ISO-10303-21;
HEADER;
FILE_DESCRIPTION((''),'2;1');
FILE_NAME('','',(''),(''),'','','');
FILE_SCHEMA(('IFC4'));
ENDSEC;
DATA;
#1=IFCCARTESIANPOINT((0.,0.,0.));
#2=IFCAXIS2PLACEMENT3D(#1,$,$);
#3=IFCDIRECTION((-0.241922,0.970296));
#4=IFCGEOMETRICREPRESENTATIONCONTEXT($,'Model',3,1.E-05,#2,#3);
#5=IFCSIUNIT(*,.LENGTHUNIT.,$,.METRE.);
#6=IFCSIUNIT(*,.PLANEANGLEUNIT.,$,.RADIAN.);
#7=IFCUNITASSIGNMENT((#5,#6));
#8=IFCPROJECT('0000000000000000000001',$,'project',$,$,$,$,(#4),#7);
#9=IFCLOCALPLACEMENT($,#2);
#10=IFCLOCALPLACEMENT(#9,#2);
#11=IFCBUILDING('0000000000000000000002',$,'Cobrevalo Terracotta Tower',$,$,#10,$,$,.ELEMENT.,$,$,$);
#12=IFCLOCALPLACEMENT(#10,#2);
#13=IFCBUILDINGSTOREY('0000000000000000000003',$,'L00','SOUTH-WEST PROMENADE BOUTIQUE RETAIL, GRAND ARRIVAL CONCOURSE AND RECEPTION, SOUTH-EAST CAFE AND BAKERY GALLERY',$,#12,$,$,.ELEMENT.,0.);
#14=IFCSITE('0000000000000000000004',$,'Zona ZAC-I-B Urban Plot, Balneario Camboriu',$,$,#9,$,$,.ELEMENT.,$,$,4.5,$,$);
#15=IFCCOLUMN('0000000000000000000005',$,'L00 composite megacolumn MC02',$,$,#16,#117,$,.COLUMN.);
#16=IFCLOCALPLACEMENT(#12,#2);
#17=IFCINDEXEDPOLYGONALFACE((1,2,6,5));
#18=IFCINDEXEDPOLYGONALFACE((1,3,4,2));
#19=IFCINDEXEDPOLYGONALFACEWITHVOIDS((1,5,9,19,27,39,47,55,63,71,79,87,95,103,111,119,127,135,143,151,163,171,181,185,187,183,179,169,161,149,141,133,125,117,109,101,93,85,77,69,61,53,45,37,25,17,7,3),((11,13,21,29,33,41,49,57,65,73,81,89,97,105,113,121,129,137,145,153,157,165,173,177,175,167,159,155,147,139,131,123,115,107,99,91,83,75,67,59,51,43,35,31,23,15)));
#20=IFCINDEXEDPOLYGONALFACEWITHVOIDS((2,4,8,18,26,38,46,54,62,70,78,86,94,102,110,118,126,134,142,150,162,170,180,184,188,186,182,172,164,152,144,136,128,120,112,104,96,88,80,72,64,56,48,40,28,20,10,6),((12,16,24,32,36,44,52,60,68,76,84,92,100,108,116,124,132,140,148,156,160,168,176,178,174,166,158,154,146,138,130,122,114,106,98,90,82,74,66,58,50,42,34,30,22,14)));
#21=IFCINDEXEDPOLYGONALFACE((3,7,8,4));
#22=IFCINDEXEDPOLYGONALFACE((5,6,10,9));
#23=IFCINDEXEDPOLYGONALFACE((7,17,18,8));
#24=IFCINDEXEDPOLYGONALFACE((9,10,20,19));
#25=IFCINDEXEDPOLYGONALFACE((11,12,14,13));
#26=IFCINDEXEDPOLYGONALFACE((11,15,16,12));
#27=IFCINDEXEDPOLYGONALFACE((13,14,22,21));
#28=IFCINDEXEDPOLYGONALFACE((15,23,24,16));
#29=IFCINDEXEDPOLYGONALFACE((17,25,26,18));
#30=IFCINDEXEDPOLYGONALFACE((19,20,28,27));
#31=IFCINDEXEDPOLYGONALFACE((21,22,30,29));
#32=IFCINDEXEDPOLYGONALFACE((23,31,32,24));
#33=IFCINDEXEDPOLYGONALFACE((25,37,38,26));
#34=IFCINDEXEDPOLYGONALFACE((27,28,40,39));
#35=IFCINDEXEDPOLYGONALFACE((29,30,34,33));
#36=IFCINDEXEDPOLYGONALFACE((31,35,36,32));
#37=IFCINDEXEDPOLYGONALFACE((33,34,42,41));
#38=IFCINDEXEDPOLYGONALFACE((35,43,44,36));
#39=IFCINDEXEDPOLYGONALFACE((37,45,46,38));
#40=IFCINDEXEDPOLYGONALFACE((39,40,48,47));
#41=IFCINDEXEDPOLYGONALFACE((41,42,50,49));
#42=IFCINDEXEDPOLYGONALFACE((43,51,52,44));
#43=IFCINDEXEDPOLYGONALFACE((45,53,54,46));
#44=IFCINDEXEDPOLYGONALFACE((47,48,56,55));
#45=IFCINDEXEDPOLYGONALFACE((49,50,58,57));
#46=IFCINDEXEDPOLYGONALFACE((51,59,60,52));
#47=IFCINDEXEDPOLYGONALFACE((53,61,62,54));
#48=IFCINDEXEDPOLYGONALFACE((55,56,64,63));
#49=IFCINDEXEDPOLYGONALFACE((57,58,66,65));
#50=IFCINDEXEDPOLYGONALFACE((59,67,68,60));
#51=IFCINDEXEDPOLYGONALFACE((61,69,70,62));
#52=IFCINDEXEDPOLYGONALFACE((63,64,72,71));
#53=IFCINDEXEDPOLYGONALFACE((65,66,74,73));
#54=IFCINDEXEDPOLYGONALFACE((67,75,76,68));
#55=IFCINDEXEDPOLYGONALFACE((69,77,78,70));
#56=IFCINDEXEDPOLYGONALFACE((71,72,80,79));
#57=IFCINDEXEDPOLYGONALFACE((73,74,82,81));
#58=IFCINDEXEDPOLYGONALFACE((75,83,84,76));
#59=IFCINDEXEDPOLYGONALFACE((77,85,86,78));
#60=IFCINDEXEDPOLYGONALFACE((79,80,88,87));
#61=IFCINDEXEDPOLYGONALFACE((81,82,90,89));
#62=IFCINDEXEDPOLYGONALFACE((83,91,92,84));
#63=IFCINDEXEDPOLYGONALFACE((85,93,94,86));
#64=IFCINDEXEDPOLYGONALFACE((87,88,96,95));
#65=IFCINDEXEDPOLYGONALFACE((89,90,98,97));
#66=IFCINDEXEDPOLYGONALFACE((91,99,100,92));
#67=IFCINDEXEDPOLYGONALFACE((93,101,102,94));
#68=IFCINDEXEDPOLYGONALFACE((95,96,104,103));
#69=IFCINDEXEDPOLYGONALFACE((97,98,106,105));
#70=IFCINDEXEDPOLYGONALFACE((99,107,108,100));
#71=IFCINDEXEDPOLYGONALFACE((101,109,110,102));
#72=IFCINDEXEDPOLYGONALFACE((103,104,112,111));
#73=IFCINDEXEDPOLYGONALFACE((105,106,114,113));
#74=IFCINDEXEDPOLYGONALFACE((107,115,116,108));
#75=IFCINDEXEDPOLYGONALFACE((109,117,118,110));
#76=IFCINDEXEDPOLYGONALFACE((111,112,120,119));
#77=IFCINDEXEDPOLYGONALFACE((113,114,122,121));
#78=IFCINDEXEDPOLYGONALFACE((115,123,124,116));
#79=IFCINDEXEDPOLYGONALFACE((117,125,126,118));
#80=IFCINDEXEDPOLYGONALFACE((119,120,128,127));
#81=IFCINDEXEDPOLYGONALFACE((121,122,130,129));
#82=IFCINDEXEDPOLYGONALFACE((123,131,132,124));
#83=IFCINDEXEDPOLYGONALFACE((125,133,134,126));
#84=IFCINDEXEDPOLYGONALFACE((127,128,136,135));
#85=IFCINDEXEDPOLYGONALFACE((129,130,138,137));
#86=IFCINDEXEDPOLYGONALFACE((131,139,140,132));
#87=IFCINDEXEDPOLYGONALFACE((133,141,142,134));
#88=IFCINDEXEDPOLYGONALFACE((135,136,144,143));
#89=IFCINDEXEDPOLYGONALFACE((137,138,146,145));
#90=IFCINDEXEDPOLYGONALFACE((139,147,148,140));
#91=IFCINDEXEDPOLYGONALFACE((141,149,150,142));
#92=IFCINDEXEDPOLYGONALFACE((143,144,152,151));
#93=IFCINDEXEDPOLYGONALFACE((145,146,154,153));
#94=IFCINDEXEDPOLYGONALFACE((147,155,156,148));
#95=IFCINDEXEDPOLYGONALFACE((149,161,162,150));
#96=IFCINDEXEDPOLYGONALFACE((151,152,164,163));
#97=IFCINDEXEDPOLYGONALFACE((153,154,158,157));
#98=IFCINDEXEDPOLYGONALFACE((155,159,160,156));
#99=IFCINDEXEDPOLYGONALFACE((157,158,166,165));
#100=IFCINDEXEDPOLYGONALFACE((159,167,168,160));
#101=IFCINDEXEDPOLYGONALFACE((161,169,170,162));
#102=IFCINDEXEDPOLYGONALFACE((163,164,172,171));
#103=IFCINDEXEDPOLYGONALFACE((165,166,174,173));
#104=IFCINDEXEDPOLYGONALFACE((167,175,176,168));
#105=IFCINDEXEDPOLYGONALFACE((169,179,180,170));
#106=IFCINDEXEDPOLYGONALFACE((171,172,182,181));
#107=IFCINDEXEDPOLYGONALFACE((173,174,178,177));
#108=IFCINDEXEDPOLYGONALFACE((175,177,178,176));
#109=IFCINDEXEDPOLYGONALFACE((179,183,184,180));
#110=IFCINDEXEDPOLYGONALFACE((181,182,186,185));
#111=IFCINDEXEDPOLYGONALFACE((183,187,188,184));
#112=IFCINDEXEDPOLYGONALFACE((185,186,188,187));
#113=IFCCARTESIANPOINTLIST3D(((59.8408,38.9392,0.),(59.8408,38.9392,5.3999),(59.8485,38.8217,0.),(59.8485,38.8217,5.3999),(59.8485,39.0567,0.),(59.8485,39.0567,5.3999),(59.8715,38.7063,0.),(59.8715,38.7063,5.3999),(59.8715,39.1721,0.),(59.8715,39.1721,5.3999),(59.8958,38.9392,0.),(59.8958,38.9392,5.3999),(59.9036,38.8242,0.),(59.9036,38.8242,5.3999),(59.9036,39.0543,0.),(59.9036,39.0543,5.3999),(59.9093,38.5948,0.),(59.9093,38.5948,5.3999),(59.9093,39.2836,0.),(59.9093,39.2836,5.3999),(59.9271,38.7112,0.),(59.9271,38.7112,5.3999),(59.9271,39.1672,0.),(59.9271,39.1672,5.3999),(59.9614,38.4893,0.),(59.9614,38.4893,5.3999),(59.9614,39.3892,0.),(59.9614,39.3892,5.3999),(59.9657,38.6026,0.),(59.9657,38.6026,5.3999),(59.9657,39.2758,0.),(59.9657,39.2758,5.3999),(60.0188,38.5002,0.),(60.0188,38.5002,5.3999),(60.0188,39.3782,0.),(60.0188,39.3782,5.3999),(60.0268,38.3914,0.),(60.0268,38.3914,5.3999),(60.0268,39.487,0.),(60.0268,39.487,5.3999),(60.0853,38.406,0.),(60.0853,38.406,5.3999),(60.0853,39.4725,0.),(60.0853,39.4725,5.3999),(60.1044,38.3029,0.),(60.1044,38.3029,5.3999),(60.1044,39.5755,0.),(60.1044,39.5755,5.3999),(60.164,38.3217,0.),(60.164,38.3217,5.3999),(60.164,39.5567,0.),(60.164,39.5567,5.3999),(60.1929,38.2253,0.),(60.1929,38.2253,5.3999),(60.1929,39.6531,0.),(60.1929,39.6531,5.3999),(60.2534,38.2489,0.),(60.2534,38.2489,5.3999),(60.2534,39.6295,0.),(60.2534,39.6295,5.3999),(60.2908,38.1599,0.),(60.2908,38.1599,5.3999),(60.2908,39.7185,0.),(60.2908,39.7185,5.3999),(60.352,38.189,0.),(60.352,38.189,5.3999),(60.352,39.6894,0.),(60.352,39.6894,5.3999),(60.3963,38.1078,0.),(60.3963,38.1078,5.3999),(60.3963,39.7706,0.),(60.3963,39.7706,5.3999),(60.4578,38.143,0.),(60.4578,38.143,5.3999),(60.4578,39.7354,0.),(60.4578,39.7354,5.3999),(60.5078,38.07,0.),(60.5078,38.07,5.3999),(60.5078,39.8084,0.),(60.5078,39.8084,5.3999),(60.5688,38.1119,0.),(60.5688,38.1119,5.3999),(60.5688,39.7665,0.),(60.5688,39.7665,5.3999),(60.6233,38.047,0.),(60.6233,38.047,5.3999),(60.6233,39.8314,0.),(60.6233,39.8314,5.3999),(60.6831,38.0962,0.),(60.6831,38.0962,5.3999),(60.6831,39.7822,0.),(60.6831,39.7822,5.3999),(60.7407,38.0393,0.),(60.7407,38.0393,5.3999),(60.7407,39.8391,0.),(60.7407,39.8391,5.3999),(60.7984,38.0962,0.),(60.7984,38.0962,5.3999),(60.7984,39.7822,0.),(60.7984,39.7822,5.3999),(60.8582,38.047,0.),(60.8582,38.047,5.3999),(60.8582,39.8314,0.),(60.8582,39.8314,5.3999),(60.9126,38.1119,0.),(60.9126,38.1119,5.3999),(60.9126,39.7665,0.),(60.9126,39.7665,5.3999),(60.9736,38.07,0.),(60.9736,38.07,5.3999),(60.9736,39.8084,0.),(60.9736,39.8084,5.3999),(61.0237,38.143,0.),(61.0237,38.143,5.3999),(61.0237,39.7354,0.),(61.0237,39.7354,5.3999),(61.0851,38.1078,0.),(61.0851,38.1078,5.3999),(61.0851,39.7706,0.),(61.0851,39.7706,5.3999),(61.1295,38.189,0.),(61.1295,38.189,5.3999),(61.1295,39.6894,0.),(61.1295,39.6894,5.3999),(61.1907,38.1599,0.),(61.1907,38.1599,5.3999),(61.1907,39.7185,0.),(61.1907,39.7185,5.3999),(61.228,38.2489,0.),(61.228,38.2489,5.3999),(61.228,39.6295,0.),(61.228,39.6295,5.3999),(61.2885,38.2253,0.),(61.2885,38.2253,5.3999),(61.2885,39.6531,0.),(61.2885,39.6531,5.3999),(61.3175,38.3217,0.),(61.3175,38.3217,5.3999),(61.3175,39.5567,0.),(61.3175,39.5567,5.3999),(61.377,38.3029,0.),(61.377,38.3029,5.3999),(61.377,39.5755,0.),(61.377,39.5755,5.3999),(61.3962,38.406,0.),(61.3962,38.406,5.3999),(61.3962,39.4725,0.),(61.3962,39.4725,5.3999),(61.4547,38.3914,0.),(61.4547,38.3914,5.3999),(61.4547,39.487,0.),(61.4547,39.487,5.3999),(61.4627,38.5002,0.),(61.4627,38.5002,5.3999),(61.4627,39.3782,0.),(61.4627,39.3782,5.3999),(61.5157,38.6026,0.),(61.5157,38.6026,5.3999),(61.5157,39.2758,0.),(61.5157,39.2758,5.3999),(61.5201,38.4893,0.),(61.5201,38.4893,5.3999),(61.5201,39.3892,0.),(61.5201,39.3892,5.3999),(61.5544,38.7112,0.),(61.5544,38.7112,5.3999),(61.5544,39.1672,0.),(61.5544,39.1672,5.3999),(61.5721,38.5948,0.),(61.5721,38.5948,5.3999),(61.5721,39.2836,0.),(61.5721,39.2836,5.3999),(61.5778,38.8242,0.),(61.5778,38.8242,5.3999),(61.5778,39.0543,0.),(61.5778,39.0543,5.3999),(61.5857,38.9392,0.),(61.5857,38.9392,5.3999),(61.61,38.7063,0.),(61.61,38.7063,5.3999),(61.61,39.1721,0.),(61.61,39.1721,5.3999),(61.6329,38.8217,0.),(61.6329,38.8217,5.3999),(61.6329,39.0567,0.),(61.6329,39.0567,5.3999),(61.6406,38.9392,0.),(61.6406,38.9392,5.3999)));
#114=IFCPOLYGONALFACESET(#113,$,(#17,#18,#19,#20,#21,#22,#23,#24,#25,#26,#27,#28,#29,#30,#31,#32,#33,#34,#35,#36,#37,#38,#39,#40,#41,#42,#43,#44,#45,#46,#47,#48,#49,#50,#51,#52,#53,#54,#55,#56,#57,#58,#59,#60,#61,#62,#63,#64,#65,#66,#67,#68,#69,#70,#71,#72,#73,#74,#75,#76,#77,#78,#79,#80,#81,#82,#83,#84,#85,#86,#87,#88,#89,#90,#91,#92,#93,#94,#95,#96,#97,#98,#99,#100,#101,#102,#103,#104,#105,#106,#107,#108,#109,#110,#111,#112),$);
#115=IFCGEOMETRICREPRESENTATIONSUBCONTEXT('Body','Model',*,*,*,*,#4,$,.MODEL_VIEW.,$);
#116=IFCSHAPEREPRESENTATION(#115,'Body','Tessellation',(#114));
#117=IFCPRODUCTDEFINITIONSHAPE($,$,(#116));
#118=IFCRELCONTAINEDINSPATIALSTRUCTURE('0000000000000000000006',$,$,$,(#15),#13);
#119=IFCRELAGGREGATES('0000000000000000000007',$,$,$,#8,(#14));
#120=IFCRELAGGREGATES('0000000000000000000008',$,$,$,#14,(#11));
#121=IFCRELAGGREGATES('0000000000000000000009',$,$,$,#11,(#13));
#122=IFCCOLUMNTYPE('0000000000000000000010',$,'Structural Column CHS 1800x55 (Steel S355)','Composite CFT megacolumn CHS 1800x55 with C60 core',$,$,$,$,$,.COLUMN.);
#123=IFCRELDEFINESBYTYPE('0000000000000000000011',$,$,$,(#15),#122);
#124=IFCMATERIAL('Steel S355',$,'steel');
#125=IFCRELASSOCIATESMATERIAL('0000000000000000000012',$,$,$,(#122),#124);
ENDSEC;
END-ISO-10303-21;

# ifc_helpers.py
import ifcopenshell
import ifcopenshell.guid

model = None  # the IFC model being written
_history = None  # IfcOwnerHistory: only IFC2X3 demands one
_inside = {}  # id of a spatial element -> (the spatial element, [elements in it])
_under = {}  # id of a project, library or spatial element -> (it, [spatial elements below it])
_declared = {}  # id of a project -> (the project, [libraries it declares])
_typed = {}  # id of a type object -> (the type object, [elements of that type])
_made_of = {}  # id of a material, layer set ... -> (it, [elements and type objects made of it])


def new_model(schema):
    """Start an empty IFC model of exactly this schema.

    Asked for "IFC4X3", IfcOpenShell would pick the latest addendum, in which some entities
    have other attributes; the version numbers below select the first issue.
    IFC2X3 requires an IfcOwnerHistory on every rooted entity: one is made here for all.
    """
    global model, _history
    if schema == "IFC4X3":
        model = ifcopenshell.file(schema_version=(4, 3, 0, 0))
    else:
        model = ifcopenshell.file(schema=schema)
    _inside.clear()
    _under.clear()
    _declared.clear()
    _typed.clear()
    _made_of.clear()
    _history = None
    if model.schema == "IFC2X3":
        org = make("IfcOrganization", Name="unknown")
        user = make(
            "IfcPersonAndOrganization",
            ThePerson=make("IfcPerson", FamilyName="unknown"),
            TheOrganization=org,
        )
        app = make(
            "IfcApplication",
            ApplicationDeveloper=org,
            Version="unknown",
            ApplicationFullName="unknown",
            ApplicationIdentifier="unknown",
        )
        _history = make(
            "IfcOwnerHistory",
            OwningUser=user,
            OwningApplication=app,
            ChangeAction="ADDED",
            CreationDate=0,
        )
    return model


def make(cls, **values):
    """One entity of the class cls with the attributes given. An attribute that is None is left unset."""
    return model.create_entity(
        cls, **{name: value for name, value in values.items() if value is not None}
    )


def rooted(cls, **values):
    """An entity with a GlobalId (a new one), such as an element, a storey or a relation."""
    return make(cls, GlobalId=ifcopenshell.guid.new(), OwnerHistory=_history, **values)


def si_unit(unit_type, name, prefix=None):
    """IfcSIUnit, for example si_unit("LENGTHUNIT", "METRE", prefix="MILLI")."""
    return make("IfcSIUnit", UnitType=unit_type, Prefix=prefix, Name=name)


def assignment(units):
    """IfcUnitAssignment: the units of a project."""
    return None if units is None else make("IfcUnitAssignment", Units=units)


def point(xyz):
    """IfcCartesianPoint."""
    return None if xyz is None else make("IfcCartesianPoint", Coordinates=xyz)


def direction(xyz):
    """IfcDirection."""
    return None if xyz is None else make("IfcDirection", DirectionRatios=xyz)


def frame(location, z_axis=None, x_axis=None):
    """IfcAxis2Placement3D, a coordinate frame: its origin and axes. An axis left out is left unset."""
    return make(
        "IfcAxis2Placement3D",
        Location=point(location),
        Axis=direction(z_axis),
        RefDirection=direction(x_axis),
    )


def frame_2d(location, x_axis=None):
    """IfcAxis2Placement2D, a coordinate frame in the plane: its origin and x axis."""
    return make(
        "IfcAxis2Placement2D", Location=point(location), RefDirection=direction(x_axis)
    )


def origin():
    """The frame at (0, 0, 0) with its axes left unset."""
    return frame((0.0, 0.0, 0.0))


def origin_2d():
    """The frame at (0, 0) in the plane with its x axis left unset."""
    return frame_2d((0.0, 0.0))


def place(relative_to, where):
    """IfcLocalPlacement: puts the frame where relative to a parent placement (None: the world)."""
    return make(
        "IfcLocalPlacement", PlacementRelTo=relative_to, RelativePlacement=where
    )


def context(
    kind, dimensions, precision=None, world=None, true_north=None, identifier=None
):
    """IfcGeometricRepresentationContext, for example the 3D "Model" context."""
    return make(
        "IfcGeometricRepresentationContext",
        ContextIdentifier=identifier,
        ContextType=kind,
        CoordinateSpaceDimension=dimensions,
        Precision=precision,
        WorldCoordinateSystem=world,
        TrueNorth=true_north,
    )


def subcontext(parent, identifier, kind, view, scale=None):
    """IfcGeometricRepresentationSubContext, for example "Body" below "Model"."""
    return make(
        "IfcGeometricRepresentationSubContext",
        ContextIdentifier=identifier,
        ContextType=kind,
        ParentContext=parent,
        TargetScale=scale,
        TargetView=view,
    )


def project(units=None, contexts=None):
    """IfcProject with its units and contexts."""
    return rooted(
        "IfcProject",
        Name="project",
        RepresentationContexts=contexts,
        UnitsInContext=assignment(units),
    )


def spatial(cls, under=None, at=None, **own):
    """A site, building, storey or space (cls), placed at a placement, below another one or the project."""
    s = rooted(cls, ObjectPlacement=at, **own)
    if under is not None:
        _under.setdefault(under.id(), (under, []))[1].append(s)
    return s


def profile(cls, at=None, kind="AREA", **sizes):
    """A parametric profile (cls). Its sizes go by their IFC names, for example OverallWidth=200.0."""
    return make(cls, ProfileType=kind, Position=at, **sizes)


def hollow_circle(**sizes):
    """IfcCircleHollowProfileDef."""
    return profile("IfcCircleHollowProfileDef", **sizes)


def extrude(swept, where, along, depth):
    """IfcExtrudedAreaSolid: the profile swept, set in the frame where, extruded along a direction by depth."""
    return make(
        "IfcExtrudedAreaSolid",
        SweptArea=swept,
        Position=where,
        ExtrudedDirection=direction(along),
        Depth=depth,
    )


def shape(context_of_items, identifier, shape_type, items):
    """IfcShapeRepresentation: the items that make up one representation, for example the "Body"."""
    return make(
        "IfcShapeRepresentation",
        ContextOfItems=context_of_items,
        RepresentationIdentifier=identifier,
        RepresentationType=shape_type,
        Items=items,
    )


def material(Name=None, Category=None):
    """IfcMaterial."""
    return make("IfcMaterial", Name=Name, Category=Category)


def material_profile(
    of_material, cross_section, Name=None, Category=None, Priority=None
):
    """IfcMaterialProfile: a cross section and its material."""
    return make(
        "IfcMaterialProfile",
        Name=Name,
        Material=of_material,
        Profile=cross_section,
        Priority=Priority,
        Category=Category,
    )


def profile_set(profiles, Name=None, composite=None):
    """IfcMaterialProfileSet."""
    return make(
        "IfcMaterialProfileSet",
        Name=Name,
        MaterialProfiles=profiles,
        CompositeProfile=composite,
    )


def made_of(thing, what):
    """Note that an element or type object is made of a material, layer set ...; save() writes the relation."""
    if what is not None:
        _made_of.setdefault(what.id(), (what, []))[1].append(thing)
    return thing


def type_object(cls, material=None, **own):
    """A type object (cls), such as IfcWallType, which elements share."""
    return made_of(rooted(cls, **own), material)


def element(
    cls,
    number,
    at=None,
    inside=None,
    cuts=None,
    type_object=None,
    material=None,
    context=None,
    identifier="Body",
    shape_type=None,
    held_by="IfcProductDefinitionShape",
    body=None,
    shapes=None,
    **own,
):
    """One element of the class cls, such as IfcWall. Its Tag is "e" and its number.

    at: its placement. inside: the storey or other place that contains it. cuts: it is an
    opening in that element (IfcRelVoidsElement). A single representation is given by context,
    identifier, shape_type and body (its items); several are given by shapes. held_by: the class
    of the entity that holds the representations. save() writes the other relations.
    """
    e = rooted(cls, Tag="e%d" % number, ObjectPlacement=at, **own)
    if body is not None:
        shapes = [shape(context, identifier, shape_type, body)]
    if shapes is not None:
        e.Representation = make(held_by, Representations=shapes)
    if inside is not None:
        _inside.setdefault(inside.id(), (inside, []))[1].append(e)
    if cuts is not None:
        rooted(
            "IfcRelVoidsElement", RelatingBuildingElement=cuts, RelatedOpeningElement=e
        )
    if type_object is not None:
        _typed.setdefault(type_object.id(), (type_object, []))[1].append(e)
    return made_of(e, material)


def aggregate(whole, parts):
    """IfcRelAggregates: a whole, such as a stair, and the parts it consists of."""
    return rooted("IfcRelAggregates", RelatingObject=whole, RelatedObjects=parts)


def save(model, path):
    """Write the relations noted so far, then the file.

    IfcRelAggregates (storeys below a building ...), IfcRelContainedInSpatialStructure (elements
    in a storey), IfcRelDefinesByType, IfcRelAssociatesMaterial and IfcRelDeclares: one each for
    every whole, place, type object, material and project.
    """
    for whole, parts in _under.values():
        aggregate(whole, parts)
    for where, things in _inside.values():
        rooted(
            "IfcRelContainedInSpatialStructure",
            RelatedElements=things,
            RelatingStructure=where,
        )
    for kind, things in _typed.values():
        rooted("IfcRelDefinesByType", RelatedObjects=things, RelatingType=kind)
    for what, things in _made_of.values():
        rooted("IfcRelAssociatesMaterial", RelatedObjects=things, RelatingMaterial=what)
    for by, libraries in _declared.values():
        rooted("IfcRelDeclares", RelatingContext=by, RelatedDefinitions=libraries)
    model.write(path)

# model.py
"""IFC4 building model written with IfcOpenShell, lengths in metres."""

from ifc_helpers import new_model, si_unit, direction, frame, origin, origin_2d, place, context, subcontext, project, spatial, hollow_circle, extrude, material, material_profile, profile_set, type_object, element, save


model = new_model("IFC4")

# Units and contexts
model_context = context("Model", 3, precision=1e-05, world=origin(), true_north=direction((-0.241922, 0.970296)))
body_context = subcontext(model_context, "Body", "Model", "MODEL_VIEW")
ifc_project = project(units=[si_unit("LENGTHUNIT", "METRE"), si_unit("PLANEANGLEUNIT", "RADIAN")], contexts=[model_context])

# Site, building, storey
site_placement = place(None, origin())
site = spatial("IfcSite", under=ifc_project, at=site_placement, Name="Zona ZAC-I-B Urban Plot, Balneario Camboriu", CompositionType="ELEMENT", RefElevation=4.5)
building_placement = place(site_placement, origin())
building = spatial("IfcBuilding", under=site, at=building_placement, Name="Cobrevalo Terracotta Tower", CompositionType="ELEMENT")
storey_placement = place(building_placement, origin())
storey = spatial("IfcBuildingStorey", under=building, at=storey_placement, Name="L00", Description="SOUTH-WEST PROMENADE BOUTIQUE RETAIL, GRAND ARRIVAL CONCOURSE AND RECEPTION, SOUTH-EAST CAFE AND BAKERY GALLERY", CompositionType="ELEMENT", Elevation=0.0)

# Column
ifc_material_1 = material(Name="Steel S355", Category="steel")
ifc_material_profile_1 = material_profile(ifc_material_1, hollow_circle(Radius=0.8999, WallThickness=0.0549, at=origin_2d()), Name="CHS 1800x55")
ifc_profile_set_1 = profile_set([ifc_material_profile_1], Name="Steel S355")
column_type_1 = type_object("IfcColumnType", Name="Structural Column CHS 1800x55 (Steel S355)", Description="Composite CFT megacolumn CHS 1800x55 with C60 core", PredefinedType="COLUMN", material=ifc_profile_set_1)
for number, where, z_axis, x_axis, name in (
    (1, (60.7407, 38.9392, 0.0), (0.0, 0.0, 1.0), (1.0, 0.0, 0.0), "L00 composite megacolumn MC02"),
):
    element("IfcColumn", number, at=place(storey_placement, frame(where, z_axis=z_axis, x_axis=x_axis)), inside=storey, type_object=column_type_1, Name=name, PredefinedType="COLUMN", context=body_context, shape_type="SweptSolid", body=[
        extrude(hollow_circle(Radius=0.8999, WallThickness=0.0549, at=origin_2d()), origin(), (0.0, 0.0, 1.0), 5.3999),
    ])

save(model, "model.ifc")
